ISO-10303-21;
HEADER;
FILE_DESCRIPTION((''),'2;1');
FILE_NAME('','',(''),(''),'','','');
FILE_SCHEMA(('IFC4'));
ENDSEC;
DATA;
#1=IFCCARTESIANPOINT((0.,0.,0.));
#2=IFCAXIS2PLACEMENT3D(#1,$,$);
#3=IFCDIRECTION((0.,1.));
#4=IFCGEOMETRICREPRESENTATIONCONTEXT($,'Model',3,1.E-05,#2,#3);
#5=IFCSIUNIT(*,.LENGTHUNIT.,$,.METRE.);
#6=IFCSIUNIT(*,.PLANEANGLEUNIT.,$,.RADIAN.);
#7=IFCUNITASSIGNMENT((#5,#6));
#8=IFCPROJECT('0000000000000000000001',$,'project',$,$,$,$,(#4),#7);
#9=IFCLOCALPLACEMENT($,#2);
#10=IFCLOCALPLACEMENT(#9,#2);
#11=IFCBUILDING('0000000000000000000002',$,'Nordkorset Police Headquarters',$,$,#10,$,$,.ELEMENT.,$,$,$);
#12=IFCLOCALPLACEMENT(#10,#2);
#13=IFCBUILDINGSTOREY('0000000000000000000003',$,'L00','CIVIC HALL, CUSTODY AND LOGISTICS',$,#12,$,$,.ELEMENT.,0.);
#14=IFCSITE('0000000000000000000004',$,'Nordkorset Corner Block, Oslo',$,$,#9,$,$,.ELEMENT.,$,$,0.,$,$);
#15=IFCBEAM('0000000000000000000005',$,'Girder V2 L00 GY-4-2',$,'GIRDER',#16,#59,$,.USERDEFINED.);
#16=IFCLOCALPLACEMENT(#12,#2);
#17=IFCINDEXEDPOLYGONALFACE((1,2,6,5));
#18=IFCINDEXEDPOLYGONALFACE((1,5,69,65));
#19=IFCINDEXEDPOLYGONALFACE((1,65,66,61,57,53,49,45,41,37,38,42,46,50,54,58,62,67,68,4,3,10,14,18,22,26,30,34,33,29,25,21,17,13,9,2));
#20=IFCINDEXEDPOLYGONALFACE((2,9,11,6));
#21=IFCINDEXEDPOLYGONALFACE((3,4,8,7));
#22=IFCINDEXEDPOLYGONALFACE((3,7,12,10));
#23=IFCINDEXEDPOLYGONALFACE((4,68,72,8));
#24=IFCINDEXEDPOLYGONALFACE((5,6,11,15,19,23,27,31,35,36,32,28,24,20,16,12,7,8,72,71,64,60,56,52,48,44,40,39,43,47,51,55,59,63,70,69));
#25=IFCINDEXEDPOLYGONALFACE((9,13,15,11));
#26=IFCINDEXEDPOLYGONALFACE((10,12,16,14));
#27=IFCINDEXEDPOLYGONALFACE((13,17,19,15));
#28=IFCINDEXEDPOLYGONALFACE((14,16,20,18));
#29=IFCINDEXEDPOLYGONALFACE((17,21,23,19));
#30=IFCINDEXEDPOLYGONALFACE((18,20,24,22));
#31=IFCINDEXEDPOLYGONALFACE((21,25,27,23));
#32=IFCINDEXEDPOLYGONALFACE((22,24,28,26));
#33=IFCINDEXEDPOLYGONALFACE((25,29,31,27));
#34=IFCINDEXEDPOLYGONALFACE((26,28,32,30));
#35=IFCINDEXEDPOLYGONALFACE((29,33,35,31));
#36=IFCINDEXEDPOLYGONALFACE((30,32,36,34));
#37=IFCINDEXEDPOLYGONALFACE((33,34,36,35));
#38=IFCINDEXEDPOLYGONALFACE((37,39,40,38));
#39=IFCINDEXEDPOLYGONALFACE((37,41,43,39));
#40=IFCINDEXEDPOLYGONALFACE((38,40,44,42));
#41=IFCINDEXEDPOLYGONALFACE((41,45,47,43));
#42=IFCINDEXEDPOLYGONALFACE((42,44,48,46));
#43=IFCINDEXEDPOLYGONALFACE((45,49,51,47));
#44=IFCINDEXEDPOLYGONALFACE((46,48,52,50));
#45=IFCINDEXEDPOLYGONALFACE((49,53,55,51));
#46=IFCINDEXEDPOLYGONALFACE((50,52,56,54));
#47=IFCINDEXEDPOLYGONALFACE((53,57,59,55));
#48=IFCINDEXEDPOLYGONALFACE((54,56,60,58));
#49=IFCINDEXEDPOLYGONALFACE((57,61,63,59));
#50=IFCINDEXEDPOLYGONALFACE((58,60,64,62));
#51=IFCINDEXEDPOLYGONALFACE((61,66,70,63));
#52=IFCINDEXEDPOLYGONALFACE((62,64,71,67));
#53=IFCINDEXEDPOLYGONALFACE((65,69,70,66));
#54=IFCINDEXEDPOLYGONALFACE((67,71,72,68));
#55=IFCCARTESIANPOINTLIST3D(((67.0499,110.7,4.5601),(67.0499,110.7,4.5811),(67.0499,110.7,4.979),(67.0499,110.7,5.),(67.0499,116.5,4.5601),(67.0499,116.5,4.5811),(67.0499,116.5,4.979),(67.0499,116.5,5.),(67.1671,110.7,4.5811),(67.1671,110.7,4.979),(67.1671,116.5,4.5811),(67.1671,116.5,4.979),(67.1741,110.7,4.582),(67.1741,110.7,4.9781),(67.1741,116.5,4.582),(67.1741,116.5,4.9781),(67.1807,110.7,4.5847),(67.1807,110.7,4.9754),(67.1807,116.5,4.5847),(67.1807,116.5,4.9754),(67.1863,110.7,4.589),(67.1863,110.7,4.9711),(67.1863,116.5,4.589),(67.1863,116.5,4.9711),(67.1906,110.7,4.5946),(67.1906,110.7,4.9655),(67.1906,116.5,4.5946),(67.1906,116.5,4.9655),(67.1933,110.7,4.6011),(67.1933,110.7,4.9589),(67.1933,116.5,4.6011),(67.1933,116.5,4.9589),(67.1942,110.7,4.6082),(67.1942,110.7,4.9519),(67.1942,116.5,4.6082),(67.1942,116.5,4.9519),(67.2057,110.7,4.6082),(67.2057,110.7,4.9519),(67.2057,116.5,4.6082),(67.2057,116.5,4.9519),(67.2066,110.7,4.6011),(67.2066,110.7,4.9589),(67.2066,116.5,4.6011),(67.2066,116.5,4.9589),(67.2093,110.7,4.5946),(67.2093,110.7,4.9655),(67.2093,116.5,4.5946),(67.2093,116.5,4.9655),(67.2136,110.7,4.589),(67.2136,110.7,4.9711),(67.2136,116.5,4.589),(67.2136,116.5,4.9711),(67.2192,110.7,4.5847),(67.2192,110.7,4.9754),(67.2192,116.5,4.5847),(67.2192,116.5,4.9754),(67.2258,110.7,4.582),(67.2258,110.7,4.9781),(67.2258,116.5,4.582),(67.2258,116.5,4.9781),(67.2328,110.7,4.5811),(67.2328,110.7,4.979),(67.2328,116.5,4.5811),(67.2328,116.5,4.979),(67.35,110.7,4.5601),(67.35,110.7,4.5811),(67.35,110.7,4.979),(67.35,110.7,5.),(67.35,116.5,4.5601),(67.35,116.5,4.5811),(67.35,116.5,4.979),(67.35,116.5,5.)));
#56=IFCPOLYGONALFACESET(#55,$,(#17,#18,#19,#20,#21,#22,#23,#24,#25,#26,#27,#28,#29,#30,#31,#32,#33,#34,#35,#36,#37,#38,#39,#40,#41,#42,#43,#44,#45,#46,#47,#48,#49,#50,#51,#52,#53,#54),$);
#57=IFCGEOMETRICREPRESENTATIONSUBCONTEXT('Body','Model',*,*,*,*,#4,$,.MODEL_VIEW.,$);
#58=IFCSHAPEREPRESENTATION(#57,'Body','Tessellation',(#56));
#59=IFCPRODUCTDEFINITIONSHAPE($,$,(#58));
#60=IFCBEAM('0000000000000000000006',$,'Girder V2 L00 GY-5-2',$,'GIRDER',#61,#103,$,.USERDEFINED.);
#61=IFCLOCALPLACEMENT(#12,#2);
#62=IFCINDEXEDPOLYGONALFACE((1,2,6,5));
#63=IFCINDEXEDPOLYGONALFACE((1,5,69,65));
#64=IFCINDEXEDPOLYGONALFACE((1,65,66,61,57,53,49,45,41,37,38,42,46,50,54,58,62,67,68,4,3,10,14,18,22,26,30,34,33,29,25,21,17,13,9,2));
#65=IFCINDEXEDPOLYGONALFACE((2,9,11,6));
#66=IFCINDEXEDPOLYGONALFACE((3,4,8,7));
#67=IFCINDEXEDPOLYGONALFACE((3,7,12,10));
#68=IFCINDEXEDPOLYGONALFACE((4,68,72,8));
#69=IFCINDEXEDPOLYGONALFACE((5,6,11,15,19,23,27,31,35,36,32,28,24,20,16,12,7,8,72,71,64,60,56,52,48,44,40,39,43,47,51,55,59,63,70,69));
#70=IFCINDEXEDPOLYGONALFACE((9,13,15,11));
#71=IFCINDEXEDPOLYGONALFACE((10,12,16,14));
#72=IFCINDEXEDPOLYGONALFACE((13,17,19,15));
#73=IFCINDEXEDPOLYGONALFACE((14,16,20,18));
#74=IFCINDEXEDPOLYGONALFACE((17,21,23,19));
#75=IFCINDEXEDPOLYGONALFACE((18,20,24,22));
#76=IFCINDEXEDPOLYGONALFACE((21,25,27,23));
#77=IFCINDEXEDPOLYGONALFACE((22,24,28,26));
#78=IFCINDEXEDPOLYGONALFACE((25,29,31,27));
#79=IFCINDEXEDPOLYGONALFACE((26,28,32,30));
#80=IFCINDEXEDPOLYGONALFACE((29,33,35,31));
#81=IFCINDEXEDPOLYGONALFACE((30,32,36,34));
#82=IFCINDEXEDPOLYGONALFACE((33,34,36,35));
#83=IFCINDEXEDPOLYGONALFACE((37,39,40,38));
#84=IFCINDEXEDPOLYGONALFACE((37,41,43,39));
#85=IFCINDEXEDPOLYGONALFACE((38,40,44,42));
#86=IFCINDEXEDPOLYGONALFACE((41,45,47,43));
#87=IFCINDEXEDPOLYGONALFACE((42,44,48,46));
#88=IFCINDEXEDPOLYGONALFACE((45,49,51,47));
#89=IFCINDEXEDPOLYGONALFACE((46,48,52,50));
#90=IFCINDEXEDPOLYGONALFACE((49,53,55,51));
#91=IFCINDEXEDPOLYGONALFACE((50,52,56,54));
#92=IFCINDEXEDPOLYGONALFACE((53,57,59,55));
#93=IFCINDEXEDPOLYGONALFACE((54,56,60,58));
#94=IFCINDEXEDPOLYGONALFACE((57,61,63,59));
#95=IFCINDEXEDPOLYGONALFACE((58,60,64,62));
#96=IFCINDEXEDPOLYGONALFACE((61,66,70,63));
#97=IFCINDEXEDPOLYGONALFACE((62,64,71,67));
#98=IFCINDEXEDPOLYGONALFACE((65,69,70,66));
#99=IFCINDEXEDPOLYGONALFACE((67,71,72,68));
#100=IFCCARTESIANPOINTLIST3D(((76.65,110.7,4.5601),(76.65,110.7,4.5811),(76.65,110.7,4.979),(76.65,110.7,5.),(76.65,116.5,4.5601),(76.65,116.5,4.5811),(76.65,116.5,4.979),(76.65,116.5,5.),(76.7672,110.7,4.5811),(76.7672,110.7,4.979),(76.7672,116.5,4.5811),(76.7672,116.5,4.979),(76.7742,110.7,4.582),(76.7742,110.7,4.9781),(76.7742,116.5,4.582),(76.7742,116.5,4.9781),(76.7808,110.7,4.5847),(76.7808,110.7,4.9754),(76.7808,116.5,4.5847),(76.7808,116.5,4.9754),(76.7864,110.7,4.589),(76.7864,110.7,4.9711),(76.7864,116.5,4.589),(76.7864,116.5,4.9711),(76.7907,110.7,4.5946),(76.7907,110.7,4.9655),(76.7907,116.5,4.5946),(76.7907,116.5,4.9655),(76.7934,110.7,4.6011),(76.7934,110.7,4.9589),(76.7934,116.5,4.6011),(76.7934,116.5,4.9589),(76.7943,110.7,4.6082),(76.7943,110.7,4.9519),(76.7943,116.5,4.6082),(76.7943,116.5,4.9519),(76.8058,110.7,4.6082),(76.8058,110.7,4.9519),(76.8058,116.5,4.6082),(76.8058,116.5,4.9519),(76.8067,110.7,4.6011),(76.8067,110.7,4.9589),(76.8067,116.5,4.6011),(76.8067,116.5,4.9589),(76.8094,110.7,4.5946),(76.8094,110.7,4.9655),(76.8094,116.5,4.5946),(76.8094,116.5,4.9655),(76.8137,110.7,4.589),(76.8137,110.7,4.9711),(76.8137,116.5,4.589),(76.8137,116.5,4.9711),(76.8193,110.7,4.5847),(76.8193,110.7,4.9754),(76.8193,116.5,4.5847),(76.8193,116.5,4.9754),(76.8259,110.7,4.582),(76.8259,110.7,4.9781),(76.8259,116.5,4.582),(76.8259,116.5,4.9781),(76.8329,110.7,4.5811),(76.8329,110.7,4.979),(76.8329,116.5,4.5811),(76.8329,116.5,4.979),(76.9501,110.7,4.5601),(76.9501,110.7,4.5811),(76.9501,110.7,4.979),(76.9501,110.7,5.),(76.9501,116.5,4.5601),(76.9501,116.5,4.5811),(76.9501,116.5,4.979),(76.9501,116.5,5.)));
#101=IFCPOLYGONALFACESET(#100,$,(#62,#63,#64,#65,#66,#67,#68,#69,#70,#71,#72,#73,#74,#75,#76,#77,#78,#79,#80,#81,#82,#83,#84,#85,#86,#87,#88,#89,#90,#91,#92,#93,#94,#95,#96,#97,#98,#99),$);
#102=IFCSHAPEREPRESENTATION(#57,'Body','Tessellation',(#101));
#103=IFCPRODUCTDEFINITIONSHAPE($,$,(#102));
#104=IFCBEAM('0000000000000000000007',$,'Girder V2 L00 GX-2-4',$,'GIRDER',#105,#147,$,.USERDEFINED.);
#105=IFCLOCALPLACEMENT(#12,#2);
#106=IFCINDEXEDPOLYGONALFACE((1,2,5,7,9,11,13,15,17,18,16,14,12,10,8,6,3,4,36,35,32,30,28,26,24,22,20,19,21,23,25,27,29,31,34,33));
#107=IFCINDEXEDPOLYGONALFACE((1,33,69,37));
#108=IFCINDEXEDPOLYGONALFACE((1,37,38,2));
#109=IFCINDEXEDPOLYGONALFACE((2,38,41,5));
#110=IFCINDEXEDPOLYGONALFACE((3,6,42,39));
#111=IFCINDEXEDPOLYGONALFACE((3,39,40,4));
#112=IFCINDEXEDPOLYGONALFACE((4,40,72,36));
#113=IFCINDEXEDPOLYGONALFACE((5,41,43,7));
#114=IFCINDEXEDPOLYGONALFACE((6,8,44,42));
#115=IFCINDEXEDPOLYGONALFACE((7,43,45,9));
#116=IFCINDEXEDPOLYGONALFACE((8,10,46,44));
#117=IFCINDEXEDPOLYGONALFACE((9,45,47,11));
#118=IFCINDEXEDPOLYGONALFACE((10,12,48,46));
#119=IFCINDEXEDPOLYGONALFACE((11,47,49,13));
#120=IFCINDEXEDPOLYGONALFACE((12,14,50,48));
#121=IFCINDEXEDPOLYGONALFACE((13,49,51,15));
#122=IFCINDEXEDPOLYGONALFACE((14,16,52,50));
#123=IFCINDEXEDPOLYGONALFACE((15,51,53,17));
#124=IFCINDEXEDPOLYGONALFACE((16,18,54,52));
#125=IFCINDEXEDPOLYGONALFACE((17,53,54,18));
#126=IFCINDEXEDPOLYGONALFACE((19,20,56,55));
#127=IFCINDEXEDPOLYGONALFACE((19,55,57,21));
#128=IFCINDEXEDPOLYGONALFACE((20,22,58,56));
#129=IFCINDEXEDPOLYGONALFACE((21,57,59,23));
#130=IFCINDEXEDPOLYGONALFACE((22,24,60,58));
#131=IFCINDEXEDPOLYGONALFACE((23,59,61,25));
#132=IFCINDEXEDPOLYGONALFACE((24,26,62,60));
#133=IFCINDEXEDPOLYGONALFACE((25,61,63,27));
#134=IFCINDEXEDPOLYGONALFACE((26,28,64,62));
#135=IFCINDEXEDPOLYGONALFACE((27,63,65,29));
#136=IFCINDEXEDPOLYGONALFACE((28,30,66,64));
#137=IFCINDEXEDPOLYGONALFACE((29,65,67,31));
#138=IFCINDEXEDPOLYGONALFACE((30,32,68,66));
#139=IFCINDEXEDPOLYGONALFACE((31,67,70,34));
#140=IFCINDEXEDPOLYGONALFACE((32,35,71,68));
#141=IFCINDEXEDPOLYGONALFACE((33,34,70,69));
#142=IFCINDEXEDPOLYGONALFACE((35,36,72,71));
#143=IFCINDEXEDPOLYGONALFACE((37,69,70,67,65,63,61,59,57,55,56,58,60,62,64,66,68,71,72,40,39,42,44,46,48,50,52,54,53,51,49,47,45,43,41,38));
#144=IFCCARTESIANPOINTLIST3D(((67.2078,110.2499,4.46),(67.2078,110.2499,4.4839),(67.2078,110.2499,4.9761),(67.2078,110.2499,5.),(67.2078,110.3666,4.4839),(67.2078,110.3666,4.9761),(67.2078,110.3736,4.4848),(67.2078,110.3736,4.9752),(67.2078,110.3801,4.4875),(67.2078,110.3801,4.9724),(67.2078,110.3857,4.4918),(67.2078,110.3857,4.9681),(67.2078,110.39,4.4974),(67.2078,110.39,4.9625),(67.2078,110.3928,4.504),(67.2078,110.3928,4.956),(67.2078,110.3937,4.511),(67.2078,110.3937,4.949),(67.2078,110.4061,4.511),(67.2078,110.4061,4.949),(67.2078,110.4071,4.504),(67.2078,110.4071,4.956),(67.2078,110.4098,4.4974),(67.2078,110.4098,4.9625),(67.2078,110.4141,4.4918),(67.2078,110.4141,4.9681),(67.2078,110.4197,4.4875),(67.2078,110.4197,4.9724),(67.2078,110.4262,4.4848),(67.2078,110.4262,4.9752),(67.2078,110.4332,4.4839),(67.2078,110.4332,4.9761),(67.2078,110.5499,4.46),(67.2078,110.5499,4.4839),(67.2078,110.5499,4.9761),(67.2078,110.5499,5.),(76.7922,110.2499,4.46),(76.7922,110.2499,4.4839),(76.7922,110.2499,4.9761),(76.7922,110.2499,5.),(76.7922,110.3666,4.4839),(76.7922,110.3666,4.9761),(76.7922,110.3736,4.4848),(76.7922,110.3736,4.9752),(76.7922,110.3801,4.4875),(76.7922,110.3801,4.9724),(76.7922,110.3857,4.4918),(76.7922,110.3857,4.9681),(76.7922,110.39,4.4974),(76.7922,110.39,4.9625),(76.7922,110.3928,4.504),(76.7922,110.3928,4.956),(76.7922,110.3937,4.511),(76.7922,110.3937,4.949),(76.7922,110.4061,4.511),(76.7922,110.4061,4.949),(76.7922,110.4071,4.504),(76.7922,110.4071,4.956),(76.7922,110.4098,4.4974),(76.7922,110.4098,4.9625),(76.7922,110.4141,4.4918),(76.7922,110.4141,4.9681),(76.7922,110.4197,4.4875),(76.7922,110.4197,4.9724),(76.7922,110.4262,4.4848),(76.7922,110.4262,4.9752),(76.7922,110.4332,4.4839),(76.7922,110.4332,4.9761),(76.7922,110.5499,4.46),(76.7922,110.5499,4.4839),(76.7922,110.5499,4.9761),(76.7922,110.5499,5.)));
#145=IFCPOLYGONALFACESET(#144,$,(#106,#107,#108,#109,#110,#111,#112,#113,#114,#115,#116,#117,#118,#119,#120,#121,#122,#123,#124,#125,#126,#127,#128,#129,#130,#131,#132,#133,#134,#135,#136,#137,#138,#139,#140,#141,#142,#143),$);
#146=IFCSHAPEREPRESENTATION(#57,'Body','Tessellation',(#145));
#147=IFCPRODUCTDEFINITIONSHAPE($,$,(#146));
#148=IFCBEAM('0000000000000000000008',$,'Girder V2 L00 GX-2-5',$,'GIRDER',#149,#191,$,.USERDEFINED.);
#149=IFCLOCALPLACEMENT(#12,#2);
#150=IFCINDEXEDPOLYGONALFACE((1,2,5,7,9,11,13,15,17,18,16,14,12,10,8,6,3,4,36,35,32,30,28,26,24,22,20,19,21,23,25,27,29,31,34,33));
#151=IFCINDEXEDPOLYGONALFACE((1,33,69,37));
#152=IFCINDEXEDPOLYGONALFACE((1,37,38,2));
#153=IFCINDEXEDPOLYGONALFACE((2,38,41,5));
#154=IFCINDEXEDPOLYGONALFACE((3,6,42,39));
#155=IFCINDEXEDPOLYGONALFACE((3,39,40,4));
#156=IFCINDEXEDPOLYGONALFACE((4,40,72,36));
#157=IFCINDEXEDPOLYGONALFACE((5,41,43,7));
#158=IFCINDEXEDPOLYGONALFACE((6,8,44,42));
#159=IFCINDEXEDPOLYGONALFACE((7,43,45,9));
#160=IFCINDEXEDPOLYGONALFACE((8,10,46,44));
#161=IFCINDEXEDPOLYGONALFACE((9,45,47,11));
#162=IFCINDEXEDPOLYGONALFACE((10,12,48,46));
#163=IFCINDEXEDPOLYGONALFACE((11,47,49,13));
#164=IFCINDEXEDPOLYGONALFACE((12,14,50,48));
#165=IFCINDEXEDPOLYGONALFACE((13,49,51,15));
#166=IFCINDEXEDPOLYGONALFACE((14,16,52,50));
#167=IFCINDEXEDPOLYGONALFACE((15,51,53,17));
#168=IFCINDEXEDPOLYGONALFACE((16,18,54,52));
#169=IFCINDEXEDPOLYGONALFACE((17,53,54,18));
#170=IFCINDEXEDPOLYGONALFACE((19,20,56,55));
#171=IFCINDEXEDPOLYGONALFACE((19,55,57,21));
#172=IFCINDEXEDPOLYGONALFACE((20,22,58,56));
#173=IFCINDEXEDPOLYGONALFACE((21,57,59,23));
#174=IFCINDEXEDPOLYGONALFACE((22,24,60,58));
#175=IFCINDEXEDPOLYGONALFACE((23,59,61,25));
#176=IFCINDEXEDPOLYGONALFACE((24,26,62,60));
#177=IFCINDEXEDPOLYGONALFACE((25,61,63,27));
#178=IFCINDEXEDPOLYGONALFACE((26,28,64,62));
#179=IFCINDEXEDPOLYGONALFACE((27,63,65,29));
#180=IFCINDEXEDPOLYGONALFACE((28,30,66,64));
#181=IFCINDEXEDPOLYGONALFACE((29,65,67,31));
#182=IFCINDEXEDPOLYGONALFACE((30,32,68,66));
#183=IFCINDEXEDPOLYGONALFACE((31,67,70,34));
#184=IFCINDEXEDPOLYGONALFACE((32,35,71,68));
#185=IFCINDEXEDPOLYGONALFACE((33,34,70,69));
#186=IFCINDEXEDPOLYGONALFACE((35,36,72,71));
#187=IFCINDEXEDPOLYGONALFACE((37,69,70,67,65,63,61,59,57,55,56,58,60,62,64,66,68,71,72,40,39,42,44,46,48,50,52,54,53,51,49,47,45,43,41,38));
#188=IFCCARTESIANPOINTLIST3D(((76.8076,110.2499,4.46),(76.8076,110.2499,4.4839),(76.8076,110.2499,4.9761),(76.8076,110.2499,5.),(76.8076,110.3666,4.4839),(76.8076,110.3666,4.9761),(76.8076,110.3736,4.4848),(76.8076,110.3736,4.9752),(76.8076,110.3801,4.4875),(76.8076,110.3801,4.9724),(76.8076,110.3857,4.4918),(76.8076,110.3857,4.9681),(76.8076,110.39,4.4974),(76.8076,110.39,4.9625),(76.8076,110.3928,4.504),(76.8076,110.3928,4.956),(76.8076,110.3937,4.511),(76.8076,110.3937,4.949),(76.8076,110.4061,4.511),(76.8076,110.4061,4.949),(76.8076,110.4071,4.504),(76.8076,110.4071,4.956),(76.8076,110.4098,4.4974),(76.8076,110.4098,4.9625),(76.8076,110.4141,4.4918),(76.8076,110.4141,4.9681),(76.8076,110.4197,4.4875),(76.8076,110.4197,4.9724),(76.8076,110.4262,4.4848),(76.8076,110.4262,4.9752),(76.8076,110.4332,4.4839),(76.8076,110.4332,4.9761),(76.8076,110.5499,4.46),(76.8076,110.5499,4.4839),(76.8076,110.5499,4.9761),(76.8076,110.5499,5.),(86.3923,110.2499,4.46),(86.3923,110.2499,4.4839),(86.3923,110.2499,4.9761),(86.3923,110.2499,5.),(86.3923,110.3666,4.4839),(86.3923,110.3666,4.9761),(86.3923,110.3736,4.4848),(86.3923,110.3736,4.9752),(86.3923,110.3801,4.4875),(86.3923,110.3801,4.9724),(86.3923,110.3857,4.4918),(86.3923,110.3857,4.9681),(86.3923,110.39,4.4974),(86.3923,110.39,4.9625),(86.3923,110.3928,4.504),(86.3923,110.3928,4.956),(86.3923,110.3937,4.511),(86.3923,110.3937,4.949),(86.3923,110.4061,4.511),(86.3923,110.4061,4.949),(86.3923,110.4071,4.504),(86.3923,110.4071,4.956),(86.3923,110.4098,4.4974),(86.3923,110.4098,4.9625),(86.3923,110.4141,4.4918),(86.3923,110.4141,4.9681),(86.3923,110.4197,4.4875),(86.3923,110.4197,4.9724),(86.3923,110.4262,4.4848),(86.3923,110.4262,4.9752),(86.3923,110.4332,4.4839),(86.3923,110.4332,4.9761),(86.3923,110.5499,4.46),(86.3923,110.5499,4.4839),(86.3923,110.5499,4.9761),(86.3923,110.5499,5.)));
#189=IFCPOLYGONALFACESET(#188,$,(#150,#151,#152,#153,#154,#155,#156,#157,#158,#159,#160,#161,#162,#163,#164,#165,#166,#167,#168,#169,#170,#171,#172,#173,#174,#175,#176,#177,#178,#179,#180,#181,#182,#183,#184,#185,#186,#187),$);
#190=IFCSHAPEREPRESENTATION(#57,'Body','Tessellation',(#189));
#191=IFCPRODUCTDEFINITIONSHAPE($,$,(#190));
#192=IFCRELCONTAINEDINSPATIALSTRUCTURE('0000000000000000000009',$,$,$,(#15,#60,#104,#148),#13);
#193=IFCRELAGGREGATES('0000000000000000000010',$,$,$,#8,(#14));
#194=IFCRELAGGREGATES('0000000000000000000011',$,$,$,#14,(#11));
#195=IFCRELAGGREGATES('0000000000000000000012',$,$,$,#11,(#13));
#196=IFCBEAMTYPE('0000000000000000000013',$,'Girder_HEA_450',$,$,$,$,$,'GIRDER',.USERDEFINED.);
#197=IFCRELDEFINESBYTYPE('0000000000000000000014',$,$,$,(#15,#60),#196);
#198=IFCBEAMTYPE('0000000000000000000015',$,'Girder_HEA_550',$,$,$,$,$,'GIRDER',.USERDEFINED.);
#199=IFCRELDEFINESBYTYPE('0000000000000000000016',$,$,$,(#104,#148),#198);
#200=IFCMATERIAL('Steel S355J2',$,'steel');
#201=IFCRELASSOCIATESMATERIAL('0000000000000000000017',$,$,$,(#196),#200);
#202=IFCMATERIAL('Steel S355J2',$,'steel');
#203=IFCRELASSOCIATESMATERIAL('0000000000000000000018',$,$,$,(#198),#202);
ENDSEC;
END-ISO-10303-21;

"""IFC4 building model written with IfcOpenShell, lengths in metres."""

from ifc_helpers import new_model, si_unit, direction, frame, origin, origin_2d, place, context, subcontext, project, spatial, i_section, extrude, material, material_profile, profile_set, type_object, element, save


model = new_model("IFC4")

# Units and contexts
model_context = context("Model", 3, precision=1e-05, world=origin(), true_north=direction((0.0, 1.0)))
body_context = subcontext(model_context, "Body", "Model", "MODEL_VIEW")
ifc_project = project(units=[si_unit("LENGTHUNIT", "METRE"), si_unit("PLANEANGLEUNIT", "RADIAN")], contexts=[model_context])

# Site, building, storey
site_placement = place(None, origin())
site = spatial("IfcSite", under=ifc_project, at=site_placement, Name="Nordkorset Corner Block, Oslo", CompositionType="ELEMENT", RefElevation=0.0)
building_placement = place(site_placement, origin())
building = spatial("IfcBuilding", under=site, at=building_placement, Name="Nordkorset Police Headquarters", CompositionType="ELEMENT")
storey_placement = place(building_placement, origin())
storey = spatial("IfcBuildingStorey", under=building, at=storey_placement, Name="L00", Description="CIVIC HALL, CUSTODY AND LOGISTICS", CompositionType="ELEMENT", Elevation=0.0)

# Beams
ifc_material_1 = material(Name="Steel S355J2", Category="steel")
ifc_material_profile_1 = material_profile(ifc_material_1, i_section(OverallWidth=0.3, OverallDepth=0.4399, WebThickness=0.0115, FlangeThickness=0.021, FilletRadius=0.0271, at=origin_2d()), Name="HEA 450")
ifc_profile_set_1 = profile_set([ifc_material_profile_1], Name="Steel S355J2")
beam_type_1 = type_object("IfcBeamType", Name="Girder_HEA_450", ElementType="GIRDER", PredefinedType="USERDEFINED", material=ifc_profile_set_1)
for number, where, z_axis, x_axis, name in (
    (1, (67.2, 110.7, 4.78), (0.0, 1.0, 0.0), (-1.0, 0.0, 0.0), "Girder V2 L00 GY-4-2"),
    (2, (76.8, 110.7, 4.78), (0.0, 1.0, 0.0), (-1.0, 0.0, 0.0), "Girder V2 L00 GY-5-2"),
):
    element("IfcBeam", number, at=place(storey_placement, frame(where, z_axis=z_axis, x_axis=x_axis)), inside=storey, type_object=beam_type_1, Name=name, ObjectType="GIRDER", PredefinedType="USERDEFINED", context=body_context, shape_type="SweptSolid", body=[
        extrude(i_section(OverallWidth=0.3, OverallDepth=0.4399, WebThickness=0.0115, FlangeThickness=0.021, FilletRadius=0.0271, at=origin_2d()), origin(), (0.0, 0.0, 1.0), 5.8),
    ])
ifc_material_2 = material(Name="Steel S355J2", Category="steel")
ifc_material_profile_2 = material_profile(ifc_material_2, i_section(OverallWidth=0.3, OverallDepth=0.54, WebThickness=0.0125, FlangeThickness=0.0239, FilletRadius=0.0271, at=origin_2d()), Name="HEA 550")
ifc_profile_set_2 = profile_set([ifc_material_profile_2], Name="Steel S355J2")
beam_type_2 = type_object("IfcBeamType", Name="Girder_HEA_550", ElementType="GIRDER", PredefinedType="USERDEFINED", material=ifc_profile_set_2)
beam_1_placement = place(storey_placement, frame((67.2078, 110.3999, 4.73), z_axis=(1.0, 0.0, 0.0), x_axis=(0.0, 1.0, 0.0)))
element("IfcBeam", 3, at=beam_1_placement, inside=storey, type_object=beam_type_2, Name="Girder V2 L00 GX-2-4", ObjectType="GIRDER", PredefinedType="USERDEFINED", context=body_context, shape_type="SweptSolid", body=[
    extrude(i_section(OverallWidth=0.3, OverallDepth=0.54, WebThickness=0.0125, FlangeThickness=0.0239, FilletRadius=0.0271, at=origin_2d()), origin(), (0.0, 0.0, 1.0), 9.5845),
])
beam_2_placement = place(storey_placement, frame((76.8076, 110.3999, 4.73), z_axis=(1.0, 0.0, 0.0), x_axis=(0.0, 1.0, 0.0)))
element("IfcBeam", 4, at=beam_2_placement, inside=storey, type_object=beam_type_2, Name="Girder V2 L00 GX-2-5", ObjectType="GIRDER", PredefinedType="USERDEFINED", context=body_context, shape_type="SweptSolid", body=[
    extrude(i_section(OverallWidth=0.3, OverallDepth=0.54, WebThickness=0.0125, FlangeThickness=0.0239, FilletRadius=0.0271, at=origin_2d()), origin(), (0.0, 0.0, 1.0), 9.5847),
])

save(model, "model.ifc")
